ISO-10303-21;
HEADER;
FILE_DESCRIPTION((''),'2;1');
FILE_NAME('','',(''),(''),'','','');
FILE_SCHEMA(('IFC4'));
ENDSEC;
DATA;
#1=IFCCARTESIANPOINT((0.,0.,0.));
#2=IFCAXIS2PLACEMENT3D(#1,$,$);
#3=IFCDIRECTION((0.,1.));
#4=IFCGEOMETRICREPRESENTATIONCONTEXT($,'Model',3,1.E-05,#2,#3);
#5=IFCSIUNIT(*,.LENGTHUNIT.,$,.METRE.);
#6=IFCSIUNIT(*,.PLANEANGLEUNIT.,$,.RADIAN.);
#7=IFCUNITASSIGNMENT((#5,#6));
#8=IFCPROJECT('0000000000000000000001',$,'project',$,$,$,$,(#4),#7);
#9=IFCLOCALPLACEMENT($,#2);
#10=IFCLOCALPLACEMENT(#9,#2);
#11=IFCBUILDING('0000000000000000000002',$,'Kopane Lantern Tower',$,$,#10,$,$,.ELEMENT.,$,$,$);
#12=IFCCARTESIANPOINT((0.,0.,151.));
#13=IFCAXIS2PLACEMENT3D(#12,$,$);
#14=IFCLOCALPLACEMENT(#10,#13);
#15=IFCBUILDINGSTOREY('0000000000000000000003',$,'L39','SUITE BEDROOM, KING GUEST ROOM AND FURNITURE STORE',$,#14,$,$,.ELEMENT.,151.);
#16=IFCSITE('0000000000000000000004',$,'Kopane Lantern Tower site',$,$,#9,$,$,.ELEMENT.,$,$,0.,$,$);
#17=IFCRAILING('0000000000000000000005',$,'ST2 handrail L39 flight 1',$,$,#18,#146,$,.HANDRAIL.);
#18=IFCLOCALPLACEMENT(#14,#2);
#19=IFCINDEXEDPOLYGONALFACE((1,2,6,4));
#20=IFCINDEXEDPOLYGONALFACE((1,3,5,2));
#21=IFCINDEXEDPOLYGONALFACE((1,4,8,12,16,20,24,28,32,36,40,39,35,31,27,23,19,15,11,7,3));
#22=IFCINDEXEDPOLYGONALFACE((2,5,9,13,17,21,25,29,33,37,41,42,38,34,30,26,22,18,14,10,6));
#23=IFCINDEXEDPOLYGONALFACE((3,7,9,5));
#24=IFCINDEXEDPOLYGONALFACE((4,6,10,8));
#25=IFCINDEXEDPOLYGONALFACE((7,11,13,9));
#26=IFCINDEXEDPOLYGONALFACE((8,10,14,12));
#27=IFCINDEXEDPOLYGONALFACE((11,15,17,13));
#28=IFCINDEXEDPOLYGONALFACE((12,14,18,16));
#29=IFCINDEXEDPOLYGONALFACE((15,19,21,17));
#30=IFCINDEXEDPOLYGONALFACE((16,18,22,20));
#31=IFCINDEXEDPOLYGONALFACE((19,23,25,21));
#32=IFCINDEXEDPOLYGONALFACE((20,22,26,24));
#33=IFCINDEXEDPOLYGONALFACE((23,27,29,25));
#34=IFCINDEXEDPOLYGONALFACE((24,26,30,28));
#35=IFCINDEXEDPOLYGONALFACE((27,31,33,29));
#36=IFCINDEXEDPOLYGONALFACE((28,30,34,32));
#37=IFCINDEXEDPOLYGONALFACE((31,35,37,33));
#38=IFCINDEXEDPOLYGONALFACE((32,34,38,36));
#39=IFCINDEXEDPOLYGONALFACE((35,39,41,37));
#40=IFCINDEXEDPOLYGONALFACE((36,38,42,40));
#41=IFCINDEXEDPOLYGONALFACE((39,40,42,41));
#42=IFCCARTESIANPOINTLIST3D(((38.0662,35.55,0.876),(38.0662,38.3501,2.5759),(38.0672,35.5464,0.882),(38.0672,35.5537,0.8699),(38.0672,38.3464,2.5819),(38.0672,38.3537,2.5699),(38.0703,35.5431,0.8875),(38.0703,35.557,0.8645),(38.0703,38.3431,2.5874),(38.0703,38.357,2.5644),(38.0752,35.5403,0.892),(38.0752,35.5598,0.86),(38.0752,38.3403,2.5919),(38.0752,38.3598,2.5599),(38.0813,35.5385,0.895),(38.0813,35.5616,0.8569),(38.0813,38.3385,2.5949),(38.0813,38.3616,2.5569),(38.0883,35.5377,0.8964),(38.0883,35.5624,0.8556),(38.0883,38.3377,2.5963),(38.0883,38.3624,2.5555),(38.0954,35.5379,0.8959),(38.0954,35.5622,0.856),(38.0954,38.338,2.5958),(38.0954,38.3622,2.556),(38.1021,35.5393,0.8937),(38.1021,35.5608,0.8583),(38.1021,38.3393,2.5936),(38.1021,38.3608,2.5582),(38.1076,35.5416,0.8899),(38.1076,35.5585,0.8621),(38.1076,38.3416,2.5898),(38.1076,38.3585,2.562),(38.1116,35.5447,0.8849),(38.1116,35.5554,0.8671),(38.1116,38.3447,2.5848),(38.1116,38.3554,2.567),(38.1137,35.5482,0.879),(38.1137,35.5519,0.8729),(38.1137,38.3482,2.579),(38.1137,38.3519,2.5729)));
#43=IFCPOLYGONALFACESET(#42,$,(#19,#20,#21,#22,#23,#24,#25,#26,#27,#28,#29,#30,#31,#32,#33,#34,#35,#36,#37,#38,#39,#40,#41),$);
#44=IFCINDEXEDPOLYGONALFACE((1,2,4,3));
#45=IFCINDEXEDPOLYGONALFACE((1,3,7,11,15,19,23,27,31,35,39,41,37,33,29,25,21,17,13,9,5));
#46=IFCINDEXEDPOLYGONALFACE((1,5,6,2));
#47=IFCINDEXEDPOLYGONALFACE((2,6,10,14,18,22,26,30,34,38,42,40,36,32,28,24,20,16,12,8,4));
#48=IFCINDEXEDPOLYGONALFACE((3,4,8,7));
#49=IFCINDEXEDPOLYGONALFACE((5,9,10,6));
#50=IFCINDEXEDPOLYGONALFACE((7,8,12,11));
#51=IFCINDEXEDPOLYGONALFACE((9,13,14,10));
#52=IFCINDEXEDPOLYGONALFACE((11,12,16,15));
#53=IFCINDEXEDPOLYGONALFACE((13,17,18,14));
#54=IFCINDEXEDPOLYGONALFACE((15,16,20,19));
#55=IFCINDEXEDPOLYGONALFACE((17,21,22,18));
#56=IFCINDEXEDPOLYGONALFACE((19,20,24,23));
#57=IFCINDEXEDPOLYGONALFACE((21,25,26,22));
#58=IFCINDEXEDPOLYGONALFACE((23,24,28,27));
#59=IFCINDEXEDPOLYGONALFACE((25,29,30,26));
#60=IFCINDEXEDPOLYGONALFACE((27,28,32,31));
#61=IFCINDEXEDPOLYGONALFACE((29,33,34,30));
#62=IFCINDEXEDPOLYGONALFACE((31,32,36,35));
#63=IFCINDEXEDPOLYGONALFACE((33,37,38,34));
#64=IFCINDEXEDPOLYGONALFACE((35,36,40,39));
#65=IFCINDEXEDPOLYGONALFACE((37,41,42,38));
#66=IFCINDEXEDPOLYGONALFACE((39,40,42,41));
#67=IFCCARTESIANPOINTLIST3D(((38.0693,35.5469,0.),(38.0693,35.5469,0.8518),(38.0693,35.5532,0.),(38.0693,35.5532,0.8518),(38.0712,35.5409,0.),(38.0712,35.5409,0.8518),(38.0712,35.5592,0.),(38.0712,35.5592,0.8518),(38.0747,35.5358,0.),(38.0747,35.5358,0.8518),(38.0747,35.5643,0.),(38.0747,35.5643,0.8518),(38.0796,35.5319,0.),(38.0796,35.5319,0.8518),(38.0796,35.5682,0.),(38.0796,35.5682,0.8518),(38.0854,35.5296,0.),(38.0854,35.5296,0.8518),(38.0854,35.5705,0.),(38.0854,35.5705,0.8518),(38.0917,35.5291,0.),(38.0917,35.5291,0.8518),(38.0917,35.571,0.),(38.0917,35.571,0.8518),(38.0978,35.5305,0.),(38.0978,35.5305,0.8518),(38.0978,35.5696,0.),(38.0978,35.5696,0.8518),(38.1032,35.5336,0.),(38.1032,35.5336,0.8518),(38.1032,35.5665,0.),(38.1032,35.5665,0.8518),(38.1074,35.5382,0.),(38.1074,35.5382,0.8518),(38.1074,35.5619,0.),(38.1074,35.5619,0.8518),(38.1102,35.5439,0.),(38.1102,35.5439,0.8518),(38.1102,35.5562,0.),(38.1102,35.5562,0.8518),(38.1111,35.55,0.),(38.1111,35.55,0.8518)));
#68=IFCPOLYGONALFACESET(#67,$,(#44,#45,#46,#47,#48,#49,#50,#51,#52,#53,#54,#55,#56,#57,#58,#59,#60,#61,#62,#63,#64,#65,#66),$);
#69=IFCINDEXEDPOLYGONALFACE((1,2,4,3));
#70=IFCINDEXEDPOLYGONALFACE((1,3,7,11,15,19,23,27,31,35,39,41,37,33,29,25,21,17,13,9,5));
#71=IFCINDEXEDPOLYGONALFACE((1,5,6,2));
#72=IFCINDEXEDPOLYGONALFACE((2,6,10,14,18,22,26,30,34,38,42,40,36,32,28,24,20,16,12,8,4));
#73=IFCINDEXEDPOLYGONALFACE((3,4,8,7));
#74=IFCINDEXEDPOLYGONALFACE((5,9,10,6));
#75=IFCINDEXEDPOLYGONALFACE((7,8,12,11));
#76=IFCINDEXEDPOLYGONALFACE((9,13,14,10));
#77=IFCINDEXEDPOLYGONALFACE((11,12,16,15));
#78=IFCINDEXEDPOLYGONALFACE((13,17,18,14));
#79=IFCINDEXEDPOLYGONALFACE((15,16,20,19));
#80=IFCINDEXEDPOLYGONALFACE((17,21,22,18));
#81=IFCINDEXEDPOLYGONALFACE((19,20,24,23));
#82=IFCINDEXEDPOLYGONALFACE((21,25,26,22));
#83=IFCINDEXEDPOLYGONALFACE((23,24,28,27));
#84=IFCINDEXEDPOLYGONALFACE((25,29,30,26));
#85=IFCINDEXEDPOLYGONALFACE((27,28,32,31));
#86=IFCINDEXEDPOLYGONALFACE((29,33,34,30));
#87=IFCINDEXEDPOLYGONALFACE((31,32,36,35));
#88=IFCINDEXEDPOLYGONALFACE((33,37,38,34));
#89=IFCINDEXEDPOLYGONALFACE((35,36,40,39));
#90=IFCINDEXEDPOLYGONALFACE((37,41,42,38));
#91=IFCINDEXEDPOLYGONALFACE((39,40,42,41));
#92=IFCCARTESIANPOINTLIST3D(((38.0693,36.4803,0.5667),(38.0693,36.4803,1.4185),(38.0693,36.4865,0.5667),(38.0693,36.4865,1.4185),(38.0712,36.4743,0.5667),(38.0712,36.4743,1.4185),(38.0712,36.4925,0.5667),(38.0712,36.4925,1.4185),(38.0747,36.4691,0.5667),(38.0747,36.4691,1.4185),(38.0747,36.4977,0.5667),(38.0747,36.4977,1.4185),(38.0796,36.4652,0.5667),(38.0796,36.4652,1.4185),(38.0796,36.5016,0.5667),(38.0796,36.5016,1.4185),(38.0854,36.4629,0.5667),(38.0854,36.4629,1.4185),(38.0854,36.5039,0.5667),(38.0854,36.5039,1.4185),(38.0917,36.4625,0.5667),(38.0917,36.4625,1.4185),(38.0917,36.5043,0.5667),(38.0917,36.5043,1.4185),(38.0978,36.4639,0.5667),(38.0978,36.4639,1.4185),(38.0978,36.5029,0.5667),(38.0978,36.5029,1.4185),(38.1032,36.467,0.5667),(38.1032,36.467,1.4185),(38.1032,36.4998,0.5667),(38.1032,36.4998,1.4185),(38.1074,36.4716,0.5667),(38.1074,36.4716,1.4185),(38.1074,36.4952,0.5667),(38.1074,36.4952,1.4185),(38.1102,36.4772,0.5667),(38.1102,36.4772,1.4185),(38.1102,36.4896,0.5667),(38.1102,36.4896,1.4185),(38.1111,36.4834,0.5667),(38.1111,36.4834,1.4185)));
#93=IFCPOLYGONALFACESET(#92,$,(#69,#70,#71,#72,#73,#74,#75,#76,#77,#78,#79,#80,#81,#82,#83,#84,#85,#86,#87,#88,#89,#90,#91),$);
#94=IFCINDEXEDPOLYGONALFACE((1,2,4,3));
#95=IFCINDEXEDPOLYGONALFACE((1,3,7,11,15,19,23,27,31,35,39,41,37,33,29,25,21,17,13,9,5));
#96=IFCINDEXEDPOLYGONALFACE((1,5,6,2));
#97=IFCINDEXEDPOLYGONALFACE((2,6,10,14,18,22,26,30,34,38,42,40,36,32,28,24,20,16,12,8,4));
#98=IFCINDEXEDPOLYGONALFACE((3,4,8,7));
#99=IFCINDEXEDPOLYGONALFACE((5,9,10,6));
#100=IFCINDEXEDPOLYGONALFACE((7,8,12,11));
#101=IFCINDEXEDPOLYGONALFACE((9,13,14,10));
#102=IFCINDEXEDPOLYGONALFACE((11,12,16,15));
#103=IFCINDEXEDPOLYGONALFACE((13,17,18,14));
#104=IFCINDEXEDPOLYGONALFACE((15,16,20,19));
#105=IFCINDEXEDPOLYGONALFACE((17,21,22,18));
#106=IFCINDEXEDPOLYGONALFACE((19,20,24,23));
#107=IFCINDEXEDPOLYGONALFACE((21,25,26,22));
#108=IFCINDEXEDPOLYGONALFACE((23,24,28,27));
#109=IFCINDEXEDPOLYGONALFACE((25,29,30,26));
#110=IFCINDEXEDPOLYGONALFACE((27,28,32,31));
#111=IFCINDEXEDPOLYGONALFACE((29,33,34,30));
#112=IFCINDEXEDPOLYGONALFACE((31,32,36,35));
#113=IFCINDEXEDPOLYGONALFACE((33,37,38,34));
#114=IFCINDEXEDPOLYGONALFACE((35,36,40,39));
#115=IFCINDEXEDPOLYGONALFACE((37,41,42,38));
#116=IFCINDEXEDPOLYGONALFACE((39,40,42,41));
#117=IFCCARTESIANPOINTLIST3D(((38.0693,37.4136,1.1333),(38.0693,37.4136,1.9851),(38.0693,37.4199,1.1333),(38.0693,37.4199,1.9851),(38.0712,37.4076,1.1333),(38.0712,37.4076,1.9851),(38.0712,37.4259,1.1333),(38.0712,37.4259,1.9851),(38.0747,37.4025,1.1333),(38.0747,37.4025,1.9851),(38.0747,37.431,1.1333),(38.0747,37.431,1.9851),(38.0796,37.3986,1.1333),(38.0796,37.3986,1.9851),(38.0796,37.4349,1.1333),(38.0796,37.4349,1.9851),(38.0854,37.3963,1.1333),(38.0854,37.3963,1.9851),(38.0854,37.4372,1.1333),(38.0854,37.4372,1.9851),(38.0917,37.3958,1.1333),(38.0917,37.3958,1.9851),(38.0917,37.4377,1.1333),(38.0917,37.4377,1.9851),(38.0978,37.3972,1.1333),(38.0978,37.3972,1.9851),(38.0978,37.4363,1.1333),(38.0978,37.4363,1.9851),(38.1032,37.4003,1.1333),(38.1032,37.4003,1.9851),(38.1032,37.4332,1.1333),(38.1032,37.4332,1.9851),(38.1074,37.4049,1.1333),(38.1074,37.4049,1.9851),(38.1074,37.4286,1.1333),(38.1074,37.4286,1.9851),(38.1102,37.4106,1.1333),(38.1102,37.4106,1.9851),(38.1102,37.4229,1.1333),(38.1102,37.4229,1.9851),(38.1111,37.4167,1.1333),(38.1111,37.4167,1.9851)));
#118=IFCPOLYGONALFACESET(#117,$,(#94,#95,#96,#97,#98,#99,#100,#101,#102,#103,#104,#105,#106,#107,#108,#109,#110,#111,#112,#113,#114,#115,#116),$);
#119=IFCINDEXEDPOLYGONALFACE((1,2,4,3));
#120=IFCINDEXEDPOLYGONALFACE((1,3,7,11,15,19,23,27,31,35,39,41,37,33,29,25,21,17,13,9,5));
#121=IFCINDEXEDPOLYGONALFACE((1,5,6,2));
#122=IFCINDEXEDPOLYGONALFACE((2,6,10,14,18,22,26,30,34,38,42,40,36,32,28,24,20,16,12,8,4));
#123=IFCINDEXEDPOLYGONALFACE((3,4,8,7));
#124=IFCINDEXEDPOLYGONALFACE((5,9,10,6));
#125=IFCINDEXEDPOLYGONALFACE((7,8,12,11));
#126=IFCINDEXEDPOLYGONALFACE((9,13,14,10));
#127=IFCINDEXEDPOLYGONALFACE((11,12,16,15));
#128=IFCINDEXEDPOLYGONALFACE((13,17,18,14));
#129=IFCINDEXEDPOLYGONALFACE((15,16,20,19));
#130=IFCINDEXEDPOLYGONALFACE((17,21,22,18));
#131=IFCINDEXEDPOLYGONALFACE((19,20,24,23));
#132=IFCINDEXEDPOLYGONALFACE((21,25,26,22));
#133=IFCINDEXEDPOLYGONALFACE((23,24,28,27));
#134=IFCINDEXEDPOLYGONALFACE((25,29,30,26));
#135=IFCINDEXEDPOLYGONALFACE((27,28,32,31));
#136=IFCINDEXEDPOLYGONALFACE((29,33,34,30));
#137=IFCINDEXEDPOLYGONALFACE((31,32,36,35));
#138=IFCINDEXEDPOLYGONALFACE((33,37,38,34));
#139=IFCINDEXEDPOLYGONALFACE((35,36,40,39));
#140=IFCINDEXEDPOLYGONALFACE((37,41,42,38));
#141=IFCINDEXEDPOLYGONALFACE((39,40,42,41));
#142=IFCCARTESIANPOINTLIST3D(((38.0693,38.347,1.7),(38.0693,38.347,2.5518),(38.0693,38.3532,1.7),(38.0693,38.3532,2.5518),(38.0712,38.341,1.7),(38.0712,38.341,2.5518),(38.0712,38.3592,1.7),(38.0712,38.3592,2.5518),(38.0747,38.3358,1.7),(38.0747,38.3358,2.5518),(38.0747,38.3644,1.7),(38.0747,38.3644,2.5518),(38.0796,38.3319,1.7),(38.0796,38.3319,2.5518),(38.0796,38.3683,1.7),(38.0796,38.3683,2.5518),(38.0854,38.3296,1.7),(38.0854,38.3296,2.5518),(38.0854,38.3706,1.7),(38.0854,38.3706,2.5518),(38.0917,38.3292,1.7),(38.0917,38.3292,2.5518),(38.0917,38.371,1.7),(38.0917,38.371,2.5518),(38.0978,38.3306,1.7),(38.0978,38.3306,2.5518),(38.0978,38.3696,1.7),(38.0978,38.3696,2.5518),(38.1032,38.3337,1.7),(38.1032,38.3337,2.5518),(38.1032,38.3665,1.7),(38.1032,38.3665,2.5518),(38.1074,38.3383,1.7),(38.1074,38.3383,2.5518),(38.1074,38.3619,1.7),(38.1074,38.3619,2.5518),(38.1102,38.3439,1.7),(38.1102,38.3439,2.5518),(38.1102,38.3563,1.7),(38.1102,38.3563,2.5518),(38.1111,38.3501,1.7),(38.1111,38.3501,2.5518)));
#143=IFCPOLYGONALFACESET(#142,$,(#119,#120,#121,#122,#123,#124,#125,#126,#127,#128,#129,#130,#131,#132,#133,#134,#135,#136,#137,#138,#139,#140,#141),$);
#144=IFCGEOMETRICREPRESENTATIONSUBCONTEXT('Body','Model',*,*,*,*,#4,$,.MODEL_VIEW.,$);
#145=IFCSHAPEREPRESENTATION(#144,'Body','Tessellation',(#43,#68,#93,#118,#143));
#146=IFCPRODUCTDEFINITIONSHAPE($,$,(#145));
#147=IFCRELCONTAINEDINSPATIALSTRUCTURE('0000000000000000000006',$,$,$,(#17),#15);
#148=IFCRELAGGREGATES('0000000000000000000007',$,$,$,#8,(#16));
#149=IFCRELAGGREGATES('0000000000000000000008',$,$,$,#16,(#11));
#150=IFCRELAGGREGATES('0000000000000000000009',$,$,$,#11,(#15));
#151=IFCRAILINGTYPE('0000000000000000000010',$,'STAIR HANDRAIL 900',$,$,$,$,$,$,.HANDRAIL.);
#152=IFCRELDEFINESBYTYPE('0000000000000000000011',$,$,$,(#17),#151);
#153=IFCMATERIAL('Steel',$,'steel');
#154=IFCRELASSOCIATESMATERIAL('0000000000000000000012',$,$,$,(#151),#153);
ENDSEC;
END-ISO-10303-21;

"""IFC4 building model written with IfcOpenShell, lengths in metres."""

from ifc_helpers import new_model, si_unit, direction, frame, origin, origin_2d, place, context, subcontext, project, spatial, circle, extrude, material, type_object, element, save


model = new_model("IFC4")

# Units and contexts
model_context = context("Model", 3, precision=1e-05, world=origin(), true_north=direction((0.0, 1.0)))
body_context = subcontext(model_context, "Body", "Model", "MODEL_VIEW")
ifc_project = project(units=[si_unit("LENGTHUNIT", "METRE"), si_unit("PLANEANGLEUNIT", "RADIAN")], contexts=[model_context])

# Site, building, storey
site_placement = place(None, origin())
site = spatial("IfcSite", under=ifc_project, at=site_placement, Name="Kopane Lantern Tower site", CompositionType="ELEMENT", RefElevation=0.0)
building_placement = place(site_placement, origin())
building = spatial("IfcBuilding", under=site, at=building_placement, Name="Kopane Lantern Tower", CompositionType="ELEMENT")
storey_placement = place(building_placement, frame((0.0, 0.0, 151.0)))
storey = spatial("IfcBuildingStorey", under=building, at=storey_placement, Name="L39", Description="SUITE BEDROOM, KING GUEST ROOM AND FURNITURE STORE", CompositionType="ELEMENT", Elevation=151.0)

# Railing
ifc_material_1 = material(Name="Steel", Category="steel")
railing_type_1 = type_object("IfcRailingType", Name="STAIR HANDRAIL 900", PredefinedType="HANDRAIL", material=ifc_material_1)
for number, where, name in (
    (1, (38.0901, 35.55, 0.0), "ST2 handrail L39 flight 1"),
):
    element("IfcRailing", number, at=place(storey_placement, frame(where)), inside=storey, type_object=railing_type_1, Name=name, PredefinedType="HANDRAIL", context=body_context, shape_type="SweptSolid", body=[
        extrude(circle(Radius=0.0239, at=origin_2d()), frame((0.0, 0.0, 0.876), z_axis=(0.0, 0.854798, 0.518961), x_axis=(-1.0, 0.0, 0.0)), (0.0, 0.0, 1.0), 3.2756),
        extrude(circle(Radius=0.021, at=origin_2d()), origin(), (0.0, 0.0, 1.0), 0.8518),
        extrude(circle(Radius=0.021, at=origin_2d()), frame((0.0, 0.9333, 0.5667)), (0.0, 0.0, 1.0), 0.8518),
        extrude(circle(Radius=0.021, at=origin_2d()), frame((0.0, 1.8667, 1.1333)), (0.0, 0.0, 1.0), 0.8518),
        extrude(circle(Radius=0.021, at=origin_2d()), frame((0.0, 2.8, 1.7)), (0.0, 0.0, 1.0), 0.8518),
    ])

save(model, "model.ifc")
